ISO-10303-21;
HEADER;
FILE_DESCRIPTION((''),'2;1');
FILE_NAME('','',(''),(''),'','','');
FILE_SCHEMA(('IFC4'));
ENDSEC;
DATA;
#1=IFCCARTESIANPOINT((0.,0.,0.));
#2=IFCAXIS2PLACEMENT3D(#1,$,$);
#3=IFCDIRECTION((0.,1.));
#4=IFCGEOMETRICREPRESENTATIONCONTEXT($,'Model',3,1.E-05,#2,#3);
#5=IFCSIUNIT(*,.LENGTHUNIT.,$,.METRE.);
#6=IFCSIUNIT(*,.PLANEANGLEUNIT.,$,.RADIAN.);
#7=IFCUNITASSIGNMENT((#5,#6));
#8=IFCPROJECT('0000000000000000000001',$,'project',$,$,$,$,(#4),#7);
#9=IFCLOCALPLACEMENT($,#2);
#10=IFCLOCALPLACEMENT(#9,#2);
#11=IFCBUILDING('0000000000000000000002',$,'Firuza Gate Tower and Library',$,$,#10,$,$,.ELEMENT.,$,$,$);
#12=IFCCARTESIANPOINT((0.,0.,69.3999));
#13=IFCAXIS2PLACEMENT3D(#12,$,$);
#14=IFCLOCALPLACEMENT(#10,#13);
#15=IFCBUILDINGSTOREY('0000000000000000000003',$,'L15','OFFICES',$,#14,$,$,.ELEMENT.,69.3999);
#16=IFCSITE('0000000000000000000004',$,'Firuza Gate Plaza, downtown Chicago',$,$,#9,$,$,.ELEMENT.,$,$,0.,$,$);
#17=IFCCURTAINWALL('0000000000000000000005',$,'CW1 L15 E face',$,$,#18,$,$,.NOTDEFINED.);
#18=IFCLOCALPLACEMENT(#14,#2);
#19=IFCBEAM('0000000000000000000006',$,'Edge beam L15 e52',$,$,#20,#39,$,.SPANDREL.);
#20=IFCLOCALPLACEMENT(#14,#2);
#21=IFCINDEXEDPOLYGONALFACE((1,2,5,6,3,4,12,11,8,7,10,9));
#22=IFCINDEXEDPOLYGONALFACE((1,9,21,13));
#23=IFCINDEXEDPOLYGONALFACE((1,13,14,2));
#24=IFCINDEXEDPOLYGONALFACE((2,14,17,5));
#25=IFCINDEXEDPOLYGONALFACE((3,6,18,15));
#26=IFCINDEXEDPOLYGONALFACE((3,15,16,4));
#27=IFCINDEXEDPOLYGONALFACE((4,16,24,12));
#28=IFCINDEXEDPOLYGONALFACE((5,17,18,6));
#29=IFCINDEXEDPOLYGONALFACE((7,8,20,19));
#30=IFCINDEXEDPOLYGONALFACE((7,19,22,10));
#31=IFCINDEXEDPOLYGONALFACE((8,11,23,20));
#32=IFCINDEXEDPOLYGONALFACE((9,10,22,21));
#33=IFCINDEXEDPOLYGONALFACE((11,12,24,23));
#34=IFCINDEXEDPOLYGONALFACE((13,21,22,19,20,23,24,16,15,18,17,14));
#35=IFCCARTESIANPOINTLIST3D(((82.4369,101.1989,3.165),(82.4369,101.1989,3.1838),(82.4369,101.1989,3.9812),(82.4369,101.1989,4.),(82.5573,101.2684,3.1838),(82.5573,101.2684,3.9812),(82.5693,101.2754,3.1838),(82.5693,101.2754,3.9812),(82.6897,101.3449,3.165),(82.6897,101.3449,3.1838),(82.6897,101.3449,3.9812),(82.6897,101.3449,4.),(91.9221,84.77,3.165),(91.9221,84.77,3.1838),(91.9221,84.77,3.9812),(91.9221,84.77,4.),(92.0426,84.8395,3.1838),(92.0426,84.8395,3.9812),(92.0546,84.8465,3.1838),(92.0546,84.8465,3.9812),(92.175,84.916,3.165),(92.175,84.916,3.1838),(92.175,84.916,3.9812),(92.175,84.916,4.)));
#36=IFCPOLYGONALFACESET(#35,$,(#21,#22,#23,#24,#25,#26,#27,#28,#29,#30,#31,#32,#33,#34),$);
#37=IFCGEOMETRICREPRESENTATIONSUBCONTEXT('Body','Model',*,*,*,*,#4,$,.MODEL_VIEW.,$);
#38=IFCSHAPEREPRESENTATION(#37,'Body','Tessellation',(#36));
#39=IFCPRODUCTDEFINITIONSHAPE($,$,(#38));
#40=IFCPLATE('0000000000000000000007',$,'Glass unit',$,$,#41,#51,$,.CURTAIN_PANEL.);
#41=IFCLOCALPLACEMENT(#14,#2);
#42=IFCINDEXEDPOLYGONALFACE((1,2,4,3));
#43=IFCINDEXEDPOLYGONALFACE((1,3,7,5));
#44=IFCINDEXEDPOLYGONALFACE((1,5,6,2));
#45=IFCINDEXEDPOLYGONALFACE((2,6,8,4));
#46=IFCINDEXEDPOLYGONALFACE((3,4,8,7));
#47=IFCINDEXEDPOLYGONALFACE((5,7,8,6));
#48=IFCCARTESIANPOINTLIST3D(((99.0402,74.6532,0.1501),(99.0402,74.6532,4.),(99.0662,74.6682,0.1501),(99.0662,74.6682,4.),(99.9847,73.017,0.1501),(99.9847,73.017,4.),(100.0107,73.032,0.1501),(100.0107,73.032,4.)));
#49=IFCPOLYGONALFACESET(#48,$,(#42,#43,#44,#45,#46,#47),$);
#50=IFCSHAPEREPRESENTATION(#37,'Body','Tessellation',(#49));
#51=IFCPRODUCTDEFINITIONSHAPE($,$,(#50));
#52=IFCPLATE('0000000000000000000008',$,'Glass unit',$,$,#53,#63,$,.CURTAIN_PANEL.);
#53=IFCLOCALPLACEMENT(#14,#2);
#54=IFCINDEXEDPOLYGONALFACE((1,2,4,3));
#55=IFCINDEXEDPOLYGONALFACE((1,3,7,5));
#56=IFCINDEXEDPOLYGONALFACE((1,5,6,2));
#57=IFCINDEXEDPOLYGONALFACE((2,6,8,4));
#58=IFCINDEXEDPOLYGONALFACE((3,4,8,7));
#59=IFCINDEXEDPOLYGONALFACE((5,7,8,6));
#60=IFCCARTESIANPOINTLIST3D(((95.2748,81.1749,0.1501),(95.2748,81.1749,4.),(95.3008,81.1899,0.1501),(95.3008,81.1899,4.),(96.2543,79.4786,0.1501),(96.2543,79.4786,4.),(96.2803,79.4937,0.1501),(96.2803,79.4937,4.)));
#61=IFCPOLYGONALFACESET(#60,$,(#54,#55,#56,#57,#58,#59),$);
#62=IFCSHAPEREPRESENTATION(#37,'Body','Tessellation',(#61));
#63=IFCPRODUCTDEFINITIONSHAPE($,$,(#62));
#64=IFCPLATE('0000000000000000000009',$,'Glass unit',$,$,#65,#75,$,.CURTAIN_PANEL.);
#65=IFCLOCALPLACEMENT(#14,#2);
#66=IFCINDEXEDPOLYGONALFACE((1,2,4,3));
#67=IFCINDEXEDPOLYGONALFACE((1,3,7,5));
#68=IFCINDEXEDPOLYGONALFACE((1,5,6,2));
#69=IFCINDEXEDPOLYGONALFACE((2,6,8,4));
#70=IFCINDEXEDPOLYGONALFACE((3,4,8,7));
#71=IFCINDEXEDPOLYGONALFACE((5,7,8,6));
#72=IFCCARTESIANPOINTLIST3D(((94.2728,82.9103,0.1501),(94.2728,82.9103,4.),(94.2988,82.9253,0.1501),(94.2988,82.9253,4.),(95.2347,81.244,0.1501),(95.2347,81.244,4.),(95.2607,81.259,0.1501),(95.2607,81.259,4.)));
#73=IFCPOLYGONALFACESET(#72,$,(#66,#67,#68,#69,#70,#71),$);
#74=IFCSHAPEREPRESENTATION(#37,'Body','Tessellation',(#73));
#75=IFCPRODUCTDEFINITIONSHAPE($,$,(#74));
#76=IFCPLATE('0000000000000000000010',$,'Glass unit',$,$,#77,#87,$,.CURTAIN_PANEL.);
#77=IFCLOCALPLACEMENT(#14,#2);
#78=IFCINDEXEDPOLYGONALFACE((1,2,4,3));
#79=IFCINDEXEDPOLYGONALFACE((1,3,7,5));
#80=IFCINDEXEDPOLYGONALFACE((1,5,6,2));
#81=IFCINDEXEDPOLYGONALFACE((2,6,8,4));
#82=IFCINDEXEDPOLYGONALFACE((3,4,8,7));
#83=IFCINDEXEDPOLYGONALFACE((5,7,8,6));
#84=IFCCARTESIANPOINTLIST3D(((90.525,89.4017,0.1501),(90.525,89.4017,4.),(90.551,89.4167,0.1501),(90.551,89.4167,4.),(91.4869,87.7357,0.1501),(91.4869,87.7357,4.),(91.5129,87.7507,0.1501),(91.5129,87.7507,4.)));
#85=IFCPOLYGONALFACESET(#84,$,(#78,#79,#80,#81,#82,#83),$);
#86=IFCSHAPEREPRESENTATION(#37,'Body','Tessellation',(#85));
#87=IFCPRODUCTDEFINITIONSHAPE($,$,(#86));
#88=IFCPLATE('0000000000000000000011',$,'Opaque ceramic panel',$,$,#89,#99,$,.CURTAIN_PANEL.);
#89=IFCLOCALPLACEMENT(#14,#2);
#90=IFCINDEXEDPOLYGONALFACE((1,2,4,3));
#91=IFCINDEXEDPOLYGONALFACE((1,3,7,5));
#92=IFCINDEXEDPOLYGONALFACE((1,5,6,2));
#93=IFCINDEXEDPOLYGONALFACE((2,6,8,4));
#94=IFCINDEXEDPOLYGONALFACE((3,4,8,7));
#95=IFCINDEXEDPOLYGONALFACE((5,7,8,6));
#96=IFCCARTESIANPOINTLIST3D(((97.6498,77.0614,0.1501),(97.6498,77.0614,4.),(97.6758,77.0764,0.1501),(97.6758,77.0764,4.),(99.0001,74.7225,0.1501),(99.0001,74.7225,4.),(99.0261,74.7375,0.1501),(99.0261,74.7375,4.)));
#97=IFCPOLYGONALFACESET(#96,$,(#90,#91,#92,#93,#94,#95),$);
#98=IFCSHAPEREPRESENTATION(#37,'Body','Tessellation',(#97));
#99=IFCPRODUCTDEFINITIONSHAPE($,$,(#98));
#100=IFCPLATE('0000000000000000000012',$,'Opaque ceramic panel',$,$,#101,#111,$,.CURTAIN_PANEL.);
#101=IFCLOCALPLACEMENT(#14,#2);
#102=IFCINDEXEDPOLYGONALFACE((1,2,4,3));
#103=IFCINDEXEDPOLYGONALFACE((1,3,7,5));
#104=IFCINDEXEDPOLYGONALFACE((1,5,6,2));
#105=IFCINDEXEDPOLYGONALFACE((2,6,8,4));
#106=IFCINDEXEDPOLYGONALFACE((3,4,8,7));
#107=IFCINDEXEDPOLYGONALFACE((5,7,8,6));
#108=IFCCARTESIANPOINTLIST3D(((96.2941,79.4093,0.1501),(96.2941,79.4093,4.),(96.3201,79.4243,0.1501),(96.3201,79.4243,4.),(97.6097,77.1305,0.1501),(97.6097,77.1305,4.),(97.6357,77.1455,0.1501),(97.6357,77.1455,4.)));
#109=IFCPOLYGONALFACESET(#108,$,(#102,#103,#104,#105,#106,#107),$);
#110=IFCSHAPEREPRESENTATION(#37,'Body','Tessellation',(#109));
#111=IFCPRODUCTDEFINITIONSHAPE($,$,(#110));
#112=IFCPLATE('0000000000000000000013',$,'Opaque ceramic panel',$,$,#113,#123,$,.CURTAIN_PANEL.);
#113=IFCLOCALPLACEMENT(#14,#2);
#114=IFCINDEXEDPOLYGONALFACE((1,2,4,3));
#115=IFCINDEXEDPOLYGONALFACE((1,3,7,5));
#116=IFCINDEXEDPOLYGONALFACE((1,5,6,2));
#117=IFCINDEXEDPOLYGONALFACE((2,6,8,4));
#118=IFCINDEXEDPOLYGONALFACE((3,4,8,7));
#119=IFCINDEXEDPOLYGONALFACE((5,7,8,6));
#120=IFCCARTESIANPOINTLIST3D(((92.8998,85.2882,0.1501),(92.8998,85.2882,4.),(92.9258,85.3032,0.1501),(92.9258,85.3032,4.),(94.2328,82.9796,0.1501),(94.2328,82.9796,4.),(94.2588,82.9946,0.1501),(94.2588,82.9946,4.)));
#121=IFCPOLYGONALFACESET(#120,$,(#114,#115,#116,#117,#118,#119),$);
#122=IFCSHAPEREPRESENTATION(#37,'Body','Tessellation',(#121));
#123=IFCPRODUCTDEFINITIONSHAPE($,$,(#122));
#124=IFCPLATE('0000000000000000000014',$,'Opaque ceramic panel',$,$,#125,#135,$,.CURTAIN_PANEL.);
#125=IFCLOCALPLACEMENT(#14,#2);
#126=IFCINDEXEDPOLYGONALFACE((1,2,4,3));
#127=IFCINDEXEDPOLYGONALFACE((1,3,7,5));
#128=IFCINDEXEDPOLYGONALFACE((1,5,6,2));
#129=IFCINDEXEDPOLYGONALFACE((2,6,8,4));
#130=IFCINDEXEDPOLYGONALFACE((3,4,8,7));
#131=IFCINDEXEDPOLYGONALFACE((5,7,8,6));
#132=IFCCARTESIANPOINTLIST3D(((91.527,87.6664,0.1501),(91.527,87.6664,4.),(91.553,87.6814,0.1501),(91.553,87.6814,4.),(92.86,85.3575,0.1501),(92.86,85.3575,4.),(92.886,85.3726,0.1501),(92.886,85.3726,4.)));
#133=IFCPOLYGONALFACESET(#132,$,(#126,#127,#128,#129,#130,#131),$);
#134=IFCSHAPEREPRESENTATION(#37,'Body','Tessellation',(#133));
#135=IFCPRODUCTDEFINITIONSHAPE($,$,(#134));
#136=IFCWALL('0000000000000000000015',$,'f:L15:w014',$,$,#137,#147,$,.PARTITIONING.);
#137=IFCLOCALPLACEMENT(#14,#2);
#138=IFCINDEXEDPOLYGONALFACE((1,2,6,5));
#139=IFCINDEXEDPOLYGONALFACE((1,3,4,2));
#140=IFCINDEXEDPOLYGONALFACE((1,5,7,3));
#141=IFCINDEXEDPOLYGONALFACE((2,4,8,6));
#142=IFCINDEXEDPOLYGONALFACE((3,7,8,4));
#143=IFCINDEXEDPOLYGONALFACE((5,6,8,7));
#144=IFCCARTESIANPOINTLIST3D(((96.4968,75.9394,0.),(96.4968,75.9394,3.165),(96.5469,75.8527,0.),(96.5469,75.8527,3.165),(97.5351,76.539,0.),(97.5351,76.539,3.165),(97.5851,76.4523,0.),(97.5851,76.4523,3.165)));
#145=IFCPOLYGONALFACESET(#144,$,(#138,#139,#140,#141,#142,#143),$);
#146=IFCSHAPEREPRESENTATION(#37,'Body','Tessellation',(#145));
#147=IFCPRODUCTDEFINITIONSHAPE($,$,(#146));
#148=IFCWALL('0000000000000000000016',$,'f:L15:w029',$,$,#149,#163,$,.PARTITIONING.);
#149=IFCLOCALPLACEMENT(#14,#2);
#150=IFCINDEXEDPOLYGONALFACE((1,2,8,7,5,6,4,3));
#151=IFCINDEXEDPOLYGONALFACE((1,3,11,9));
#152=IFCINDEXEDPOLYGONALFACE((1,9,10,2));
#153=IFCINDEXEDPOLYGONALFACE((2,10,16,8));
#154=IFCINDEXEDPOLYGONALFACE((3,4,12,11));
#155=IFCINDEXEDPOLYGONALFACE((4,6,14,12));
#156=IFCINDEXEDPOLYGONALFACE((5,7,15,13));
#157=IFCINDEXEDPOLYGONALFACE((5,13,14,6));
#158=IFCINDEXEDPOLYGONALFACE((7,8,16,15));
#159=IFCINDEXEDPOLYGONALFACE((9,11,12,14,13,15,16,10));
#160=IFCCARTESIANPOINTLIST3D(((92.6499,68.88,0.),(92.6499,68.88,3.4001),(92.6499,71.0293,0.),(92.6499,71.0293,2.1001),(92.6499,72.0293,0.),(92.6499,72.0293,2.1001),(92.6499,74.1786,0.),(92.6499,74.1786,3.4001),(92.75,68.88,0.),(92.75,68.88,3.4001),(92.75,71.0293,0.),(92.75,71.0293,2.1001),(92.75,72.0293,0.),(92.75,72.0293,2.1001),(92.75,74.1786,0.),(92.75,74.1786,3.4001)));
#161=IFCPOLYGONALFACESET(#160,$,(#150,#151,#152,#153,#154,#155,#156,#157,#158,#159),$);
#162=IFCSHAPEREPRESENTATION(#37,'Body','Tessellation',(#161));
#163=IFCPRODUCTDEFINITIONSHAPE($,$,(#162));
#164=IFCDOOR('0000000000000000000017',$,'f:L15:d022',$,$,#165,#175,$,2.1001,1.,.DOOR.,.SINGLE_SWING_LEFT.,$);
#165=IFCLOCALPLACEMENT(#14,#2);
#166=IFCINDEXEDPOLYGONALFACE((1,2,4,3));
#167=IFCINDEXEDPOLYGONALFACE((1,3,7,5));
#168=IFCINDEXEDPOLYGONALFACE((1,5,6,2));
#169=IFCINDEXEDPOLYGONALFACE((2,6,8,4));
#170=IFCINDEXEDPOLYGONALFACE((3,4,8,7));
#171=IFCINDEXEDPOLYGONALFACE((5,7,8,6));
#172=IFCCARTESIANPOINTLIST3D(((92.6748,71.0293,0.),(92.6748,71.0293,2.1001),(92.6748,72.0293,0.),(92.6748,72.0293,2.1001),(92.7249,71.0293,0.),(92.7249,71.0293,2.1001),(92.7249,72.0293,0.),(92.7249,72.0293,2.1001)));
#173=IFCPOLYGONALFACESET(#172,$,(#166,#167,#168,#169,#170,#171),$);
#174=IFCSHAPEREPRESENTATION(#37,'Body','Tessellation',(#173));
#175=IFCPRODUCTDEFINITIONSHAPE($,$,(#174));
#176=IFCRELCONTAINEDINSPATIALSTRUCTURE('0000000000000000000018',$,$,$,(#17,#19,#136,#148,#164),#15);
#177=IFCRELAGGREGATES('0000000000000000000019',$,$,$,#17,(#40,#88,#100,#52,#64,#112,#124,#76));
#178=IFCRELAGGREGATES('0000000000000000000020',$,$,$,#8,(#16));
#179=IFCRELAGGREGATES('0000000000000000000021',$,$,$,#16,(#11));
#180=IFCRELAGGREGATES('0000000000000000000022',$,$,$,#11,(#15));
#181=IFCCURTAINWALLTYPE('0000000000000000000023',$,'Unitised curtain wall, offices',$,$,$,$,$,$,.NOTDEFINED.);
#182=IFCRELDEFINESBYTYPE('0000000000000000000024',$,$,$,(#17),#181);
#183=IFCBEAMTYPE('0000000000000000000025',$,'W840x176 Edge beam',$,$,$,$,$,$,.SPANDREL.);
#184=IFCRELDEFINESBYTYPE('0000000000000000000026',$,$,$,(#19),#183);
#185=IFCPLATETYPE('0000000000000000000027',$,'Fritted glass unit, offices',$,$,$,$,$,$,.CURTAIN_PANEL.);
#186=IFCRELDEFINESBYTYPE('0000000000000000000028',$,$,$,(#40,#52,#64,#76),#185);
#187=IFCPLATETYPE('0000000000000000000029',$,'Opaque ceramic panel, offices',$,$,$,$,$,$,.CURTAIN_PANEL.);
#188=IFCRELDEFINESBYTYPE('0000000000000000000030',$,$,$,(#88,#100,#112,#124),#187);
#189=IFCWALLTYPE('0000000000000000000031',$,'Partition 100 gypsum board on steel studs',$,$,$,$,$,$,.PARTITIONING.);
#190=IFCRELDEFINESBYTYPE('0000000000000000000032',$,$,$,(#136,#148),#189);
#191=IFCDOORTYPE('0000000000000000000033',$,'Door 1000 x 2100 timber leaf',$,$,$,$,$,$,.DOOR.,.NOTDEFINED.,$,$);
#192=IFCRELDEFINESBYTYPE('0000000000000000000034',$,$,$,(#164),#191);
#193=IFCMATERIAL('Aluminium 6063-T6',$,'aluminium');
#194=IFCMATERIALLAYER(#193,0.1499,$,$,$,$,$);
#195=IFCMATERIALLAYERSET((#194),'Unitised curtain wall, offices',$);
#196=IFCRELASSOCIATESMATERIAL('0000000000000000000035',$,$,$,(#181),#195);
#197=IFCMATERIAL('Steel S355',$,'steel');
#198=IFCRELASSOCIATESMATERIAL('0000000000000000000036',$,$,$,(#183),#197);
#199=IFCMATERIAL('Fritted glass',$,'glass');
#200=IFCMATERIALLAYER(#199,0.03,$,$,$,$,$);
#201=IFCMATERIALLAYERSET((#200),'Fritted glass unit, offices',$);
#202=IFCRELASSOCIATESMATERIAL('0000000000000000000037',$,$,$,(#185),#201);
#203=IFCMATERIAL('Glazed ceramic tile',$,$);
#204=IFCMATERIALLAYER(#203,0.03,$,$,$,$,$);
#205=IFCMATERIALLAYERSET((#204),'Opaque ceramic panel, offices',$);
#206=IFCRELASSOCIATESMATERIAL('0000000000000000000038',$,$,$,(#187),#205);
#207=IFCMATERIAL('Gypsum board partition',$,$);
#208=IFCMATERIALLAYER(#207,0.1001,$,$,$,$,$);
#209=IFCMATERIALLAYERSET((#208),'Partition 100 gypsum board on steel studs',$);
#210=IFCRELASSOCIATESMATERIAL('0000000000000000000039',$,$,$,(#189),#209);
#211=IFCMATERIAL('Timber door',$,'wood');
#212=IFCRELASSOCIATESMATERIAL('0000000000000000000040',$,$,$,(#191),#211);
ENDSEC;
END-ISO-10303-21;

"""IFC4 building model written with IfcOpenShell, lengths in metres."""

from ifc_helpers import new_model, si_unit, direction, frame, frame_2d, origin, origin_2d, place, context, subcontext, project, spatial, polyline, rectangle, i_section, outline, extrude, material, layer, layer_set, material_profile, profile_set, type_object, element, fill, aggregate, save


model = new_model("IFC4")

# Units and contexts
model_context = context("Model", 3, precision=1e-05, world=origin(), true_north=direction((0.0, 1.0)))
body_context = subcontext(model_context, "Body", "Model", "MODEL_VIEW")
ifc_project = project(units=[si_unit("LENGTHUNIT", "METRE"), si_unit("PLANEANGLEUNIT", "RADIAN")], contexts=[model_context])

# Site, building, storey
site_placement = place(None, origin())
site = spatial("IfcSite", under=ifc_project, at=site_placement, Name="Firuza Gate Plaza, downtown Chicago", CompositionType="ELEMENT", RefElevation=0.0)
building_placement = place(site_placement, origin())
building = spatial("IfcBuilding", under=site, at=building_placement, Name="Firuza Gate Tower and Library", CompositionType="ELEMENT")
storey_placement = place(building_placement, frame((0.0, 0.0, 69.3999)))
storey = spatial("IfcBuildingStorey", under=building, at=storey_placement, Name="L15", Description="OFFICES", CompositionType="ELEMENT", Elevation=69.3999)

# Curtain wall
ifc_material_1 = material(Name="Aluminium 6063-T6", Category="aluminium")
ifc_layer_1 = layer(ifc_material_1, 0.1499)
ifc_layer_set_1 = layer_set([ifc_layer_1], Name="Unitised curtain wall, offices")
curtain_wall_type = type_object("IfcCurtainWallType", Name="Unitised curtain wall, offices", PredefinedType="NOTDEFINED", material=ifc_layer_set_1)
curtain_wall_placement = place(storey_placement, origin())
curtain_wall = element("IfcCurtainWall", 1, at=curtain_wall_placement, inside=storey, type_object=curtain_wall_type, Name="CW1 L15 E face", PredefinedType="NOTDEFINED")

# Beam
ifc_material_2 = material(Name="Steel S355", Category="steel")
ifc_material_profile_1 = material_profile(ifc_material_2, i_section(OverallWidth=0.292, OverallDepth=0.835, WebThickness=0.0139, FlangeThickness=0.0188, at=origin_2d()))
ifc_profile_set_1 = profile_set([ifc_material_profile_1], Name="Steel S355")
beam_type_1 = type_object("IfcBeamType", Name="W840x176 Edge beam", PredefinedType="SPANDREL", material=ifc_profile_set_1)
beam_1_placement = place(storey_placement, frame((92.0486, 84.843, 3.5825), z_axis=(-0.500004, 0.866023, 0.0), x_axis=(-0.866023, -0.500004, 0.0)))
element("IfcBeam", 2, at=beam_1_placement, inside=storey, type_object=beam_type_1, Name="Edge beam L15 e52", PredefinedType="SPANDREL", context=body_context, shape_type="SweptSolid", body=[
    extrude(i_section(OverallWidth=0.292, OverallDepth=0.835, WebThickness=0.0139, FlangeThickness=0.0188, at=origin_2d()), origin(), (0.0, 0.0, 1.0), 18.9705),
])

# Plates
ifc_material_3 = material(Name="Fritted glass", Category="glass")
ifc_layer_2 = layer(ifc_material_3, 0.03)
ifc_layer_set_2 = layer_set([ifc_layer_2], Name="Fritted glass unit, offices")
plate_type_1 = type_object("IfcPlateType", Name="Fritted glass unit, offices", PredefinedType="CURTAIN_PANEL", material=ifc_layer_set_2)
plate_1_placement = place(storey_placement, frame((100.0107, 73.032, 0.1501), z_axis=(0.866048, 0.499961, 0.0), x_axis=(-0.499961, 0.866048, 0.0)))
plate_1 = element("IfcPlate", 3, at=plate_1_placement, type_object=plate_type_1, Name="Glass unit", PredefinedType="CURTAIN_PANEL", context=body_context, shape_type="SweptSolid", body=[
    extrude(outline(polyline([(0.0, 0.0), (1.8893, 0.0), (1.8893, 3.8499), (0.0, 3.8499), (0.0, 0.0)])), origin(), (0.0, 0.0, -1.0), 0.03),
])
plate_2_placement = place(storey_placement, frame((96.2803, 79.4937, 0.1501), z_axis=(0.865995, 0.500053, 0.0), x_axis=(-0.500053, 0.865995, 0.0)))
plate_2 = element("IfcPlate", 4, at=plate_2_placement, type_object=plate_type_1, Name="Glass unit", PredefinedType="CURTAIN_PANEL", context=body_context, shape_type="SweptSolid", body=[
    extrude(outline(polyline([(0.0, 0.0), (1.9588, 0.0), (1.9588, 3.8499), (0.0, 3.8499), (0.0, 0.0)])), origin(), (0.0, 0.0, -1.0), 0.03),
])
plate_3_placement = place(storey_placement, frame((95.2607, 81.259, 0.1501), z_axis=(0.866048, 0.49996, 0.0), x_axis=(-0.49996, 0.866048, 0.0)))
plate_3 = element("IfcPlate", 5, at=plate_3_placement, type_object=plate_type_1, Name="Glass unit", PredefinedType="CURTAIN_PANEL", context=body_context, shape_type="SweptSolid", body=[
    extrude(outline(polyline([(0.0, 0.0), (1.924, 0.0), (1.924, 3.8499), (0.0, 3.8499), (0.0, 0.0)])), origin(), (0.0, 0.0, -1.0), 0.03),
])
plate_4_placement = place(storey_placement, frame((91.5129, 87.7507, 0.1501), z_axis=(0.866017, 0.500015, 0.0), x_axis=(-0.500015, 0.866017, 0.0)))
plate_4 = element("IfcPlate", 6, at=plate_4_placement, type_object=plate_type_1, Name="Glass unit", PredefinedType="CURTAIN_PANEL", context=body_context, shape_type="SweptSolid", body=[
    extrude(outline(polyline([(0.0, 0.0), (1.9238, 0.0), (1.9238, 3.8499), (0.0, 3.8499), (0.0, 0.0)])), origin(), (0.0, 0.0, -1.0), 0.03),
])
ifc_material_4 = material(Name="Glazed ceramic tile")
ifc_layer_3 = layer(ifc_material_4, 0.03)
ifc_layer_set_3 = layer_set([ifc_layer_3], Name="Opaque ceramic panel, offices")
plate_type_2 = type_object("IfcPlateType", Name="Opaque ceramic panel, offices", PredefinedType="CURTAIN_PANEL", material=ifc_layer_set_3)
plate_5_placement = place(storey_placement, frame((99.0261, 74.7375, 0.1501), z_axis=(0.866026, 0.499999, 0.0), x_axis=(-0.499999, 0.866026, 0.0)))
plate_5 = element("IfcPlate", 7, at=plate_5_placement, type_object=plate_type_2, Name="Opaque ceramic panel", PredefinedType="CURTAIN_PANEL", context=body_context, shape_type="SweptSolid", body=[
    extrude(outline(polyline([(0.0, 0.0), (2.7007, 0.0), (2.7007, 3.8499), (0.0, 3.8499), (0.0, 0.0)])), origin(), (0.0, 0.0, -1.0), 0.03),
])
plate_6_placement = place(storey_placement, frame((97.6357, 77.1455, 0.1501), z_axis=(0.866025, 0.500001, 0.0), x_axis=(-0.500001, 0.866025, 0.0)))
plate_6 = element("IfcPlate", 8, at=plate_6_placement, type_object=plate_type_2, Name="Opaque ceramic panel", PredefinedType="CURTAIN_PANEL", context=body_context, shape_type="SweptSolid", body=[
    extrude(outline(polyline([(0.0, 0.0), (2.6313, 0.0), (2.6313, 3.8499), (0.0, 3.8499), (0.0, 0.0)])), origin(), (0.0, 0.0, -1.0), 0.03),
])
plate_7_placement = place(storey_placement, frame((94.2588, 82.9946, 0.1501), z_axis=(0.866003, 0.50004, 0.0), x_axis=(-0.50004, 0.866003, 0.0)))
plate_7 = element("IfcPlate", 9, at=plate_7_placement, type_object=plate_type_2, Name="Opaque ceramic panel", PredefinedType="CURTAIN_PANEL", context=body_context, shape_type="SweptSolid", body=[
    extrude(outline(polyline([(0.0, 0.0), (2.6658, 0.0), (2.6658, 3.8499), (0.0, 3.8499), (0.0, 0.0)])), origin(), (0.0, 0.0, -1.0), 0.03),
])
plate_8_placement = place(storey_placement, frame((92.886, 85.3726, 0.1501), z_axis=(0.866025, 0.5, 0.0), x_axis=(-0.5, 0.866025, 0.0)))
plate_8 = element("IfcPlate", 10, at=plate_8_placement, type_object=plate_type_2, Name="Opaque ceramic panel", PredefinedType="CURTAIN_PANEL", context=body_context, shape_type="SweptSolid", body=[
    extrude(outline(polyline([(0.0, 0.0), (2.666, 0.0), (2.666, 3.8499), (0.0, 3.8499), (0.0, 0.0)])), origin(), (0.0, 0.0, -1.0), 0.03),
])
aggregate(curtain_wall, [plate_1, plate_5, plate_6, plate_2, plate_3, plate_7, plate_8, plate_4])

# Wall
ifc_material_5 = material(Name="Gypsum board partition")
ifc_layer_4 = layer(ifc_material_5, 0.1001)
ifc_layer_set_4 = layer_set([ifc_layer_4], Name="Partition 100 gypsum board on steel studs")
wall_type = type_object("IfcWallType", Name="Partition 100 gypsum board on steel studs", PredefinedType="PARTITIONING", material=ifc_layer_set_4)
wall_1_placement = place(storey_placement, frame((96.5217, 75.896, 0.0), z_axis=(0.0, 0.0, 1.0), x_axis=(0.865979, 0.500081, 0.0)))
element("IfcWall", 11, at=wall_1_placement, inside=storey, type_object=wall_type, Name="f:L15:w014", PredefinedType="PARTITIONING", context=body_context, shape_type="SweptSolid", body=[
    extrude(rectangle(XDim=1.199, YDim=0.1001, at=frame_2d((0.5996, 0.0))), origin(), (0.0, 0.0, 1.0), 3.165),
])

# Wall, opening, door
wall_2_placement = place(storey_placement, frame((92.7, 74.1787, 0.0), z_axis=(0.0, 0.0, 1.0), x_axis=(0.0, -1.0, 0.0)))
wall_2 = element("IfcWall", 12, at=wall_2_placement, inside=storey, type_object=wall_type, Name="f:L15:w029", PredefinedType="PARTITIONING", context=body_context, shape_type="SweptSolid", body=[
    extrude(rectangle(XDim=5.2986, YDim=0.1001, at=frame_2d((2.6494, 0.0))), origin(), (0.0, 0.0, 1.0), 3.4001),
])
opening_placement = place(wall_2_placement, frame((2.1494, 0.0, 0.0)))
opening = element("IfcOpeningElement", 13, at=opening_placement, cuts=wall_2, PredefinedType="OPENING", context=body_context, shape_type="SweptSolid", body=[
    extrude(rectangle(XDim=1.0, YDim=2.1001, at=frame_2d((0.5, 1.05))), frame((0.0, 0.0601, 0.0), z_axis=(0.0, -1.0, 0.0), x_axis=(1.0, 0.0, 0.0)), (0.0, 0.0, 1.0), 0.1201),
])
ifc_material_6 = material(Name="Timber door", Category="wood")
door_type = type_object("IfcDoorType", Name="Door 1000 x 2100 timber leaf", OperationType="NOTDEFINED", PredefinedType="DOOR", material=ifc_material_6)
door_placement = place(opening_placement, origin())
door = element("IfcDoor", 14, at=door_placement, inside=storey, type_object=door_type, Name="f:L15:d022", OperationType="SINGLE_SWING_LEFT", OverallHeight=2.1001, OverallWidth=1.0, PredefinedType="DOOR", context=body_context, shape_type="SweptSolid", body=[
    extrude(rectangle(XDim=1.0, YDim=2.1001, at=frame_2d((0.5, 1.05))), frame((0.0, 0.0249, 0.0), z_axis=(0.0, -1.0, 0.0), x_axis=(1.0, 0.0, 0.0)), (0.0, 0.0, 1.0), 0.05),
])
fill(opening, door)

save(model, "model.ifc")
